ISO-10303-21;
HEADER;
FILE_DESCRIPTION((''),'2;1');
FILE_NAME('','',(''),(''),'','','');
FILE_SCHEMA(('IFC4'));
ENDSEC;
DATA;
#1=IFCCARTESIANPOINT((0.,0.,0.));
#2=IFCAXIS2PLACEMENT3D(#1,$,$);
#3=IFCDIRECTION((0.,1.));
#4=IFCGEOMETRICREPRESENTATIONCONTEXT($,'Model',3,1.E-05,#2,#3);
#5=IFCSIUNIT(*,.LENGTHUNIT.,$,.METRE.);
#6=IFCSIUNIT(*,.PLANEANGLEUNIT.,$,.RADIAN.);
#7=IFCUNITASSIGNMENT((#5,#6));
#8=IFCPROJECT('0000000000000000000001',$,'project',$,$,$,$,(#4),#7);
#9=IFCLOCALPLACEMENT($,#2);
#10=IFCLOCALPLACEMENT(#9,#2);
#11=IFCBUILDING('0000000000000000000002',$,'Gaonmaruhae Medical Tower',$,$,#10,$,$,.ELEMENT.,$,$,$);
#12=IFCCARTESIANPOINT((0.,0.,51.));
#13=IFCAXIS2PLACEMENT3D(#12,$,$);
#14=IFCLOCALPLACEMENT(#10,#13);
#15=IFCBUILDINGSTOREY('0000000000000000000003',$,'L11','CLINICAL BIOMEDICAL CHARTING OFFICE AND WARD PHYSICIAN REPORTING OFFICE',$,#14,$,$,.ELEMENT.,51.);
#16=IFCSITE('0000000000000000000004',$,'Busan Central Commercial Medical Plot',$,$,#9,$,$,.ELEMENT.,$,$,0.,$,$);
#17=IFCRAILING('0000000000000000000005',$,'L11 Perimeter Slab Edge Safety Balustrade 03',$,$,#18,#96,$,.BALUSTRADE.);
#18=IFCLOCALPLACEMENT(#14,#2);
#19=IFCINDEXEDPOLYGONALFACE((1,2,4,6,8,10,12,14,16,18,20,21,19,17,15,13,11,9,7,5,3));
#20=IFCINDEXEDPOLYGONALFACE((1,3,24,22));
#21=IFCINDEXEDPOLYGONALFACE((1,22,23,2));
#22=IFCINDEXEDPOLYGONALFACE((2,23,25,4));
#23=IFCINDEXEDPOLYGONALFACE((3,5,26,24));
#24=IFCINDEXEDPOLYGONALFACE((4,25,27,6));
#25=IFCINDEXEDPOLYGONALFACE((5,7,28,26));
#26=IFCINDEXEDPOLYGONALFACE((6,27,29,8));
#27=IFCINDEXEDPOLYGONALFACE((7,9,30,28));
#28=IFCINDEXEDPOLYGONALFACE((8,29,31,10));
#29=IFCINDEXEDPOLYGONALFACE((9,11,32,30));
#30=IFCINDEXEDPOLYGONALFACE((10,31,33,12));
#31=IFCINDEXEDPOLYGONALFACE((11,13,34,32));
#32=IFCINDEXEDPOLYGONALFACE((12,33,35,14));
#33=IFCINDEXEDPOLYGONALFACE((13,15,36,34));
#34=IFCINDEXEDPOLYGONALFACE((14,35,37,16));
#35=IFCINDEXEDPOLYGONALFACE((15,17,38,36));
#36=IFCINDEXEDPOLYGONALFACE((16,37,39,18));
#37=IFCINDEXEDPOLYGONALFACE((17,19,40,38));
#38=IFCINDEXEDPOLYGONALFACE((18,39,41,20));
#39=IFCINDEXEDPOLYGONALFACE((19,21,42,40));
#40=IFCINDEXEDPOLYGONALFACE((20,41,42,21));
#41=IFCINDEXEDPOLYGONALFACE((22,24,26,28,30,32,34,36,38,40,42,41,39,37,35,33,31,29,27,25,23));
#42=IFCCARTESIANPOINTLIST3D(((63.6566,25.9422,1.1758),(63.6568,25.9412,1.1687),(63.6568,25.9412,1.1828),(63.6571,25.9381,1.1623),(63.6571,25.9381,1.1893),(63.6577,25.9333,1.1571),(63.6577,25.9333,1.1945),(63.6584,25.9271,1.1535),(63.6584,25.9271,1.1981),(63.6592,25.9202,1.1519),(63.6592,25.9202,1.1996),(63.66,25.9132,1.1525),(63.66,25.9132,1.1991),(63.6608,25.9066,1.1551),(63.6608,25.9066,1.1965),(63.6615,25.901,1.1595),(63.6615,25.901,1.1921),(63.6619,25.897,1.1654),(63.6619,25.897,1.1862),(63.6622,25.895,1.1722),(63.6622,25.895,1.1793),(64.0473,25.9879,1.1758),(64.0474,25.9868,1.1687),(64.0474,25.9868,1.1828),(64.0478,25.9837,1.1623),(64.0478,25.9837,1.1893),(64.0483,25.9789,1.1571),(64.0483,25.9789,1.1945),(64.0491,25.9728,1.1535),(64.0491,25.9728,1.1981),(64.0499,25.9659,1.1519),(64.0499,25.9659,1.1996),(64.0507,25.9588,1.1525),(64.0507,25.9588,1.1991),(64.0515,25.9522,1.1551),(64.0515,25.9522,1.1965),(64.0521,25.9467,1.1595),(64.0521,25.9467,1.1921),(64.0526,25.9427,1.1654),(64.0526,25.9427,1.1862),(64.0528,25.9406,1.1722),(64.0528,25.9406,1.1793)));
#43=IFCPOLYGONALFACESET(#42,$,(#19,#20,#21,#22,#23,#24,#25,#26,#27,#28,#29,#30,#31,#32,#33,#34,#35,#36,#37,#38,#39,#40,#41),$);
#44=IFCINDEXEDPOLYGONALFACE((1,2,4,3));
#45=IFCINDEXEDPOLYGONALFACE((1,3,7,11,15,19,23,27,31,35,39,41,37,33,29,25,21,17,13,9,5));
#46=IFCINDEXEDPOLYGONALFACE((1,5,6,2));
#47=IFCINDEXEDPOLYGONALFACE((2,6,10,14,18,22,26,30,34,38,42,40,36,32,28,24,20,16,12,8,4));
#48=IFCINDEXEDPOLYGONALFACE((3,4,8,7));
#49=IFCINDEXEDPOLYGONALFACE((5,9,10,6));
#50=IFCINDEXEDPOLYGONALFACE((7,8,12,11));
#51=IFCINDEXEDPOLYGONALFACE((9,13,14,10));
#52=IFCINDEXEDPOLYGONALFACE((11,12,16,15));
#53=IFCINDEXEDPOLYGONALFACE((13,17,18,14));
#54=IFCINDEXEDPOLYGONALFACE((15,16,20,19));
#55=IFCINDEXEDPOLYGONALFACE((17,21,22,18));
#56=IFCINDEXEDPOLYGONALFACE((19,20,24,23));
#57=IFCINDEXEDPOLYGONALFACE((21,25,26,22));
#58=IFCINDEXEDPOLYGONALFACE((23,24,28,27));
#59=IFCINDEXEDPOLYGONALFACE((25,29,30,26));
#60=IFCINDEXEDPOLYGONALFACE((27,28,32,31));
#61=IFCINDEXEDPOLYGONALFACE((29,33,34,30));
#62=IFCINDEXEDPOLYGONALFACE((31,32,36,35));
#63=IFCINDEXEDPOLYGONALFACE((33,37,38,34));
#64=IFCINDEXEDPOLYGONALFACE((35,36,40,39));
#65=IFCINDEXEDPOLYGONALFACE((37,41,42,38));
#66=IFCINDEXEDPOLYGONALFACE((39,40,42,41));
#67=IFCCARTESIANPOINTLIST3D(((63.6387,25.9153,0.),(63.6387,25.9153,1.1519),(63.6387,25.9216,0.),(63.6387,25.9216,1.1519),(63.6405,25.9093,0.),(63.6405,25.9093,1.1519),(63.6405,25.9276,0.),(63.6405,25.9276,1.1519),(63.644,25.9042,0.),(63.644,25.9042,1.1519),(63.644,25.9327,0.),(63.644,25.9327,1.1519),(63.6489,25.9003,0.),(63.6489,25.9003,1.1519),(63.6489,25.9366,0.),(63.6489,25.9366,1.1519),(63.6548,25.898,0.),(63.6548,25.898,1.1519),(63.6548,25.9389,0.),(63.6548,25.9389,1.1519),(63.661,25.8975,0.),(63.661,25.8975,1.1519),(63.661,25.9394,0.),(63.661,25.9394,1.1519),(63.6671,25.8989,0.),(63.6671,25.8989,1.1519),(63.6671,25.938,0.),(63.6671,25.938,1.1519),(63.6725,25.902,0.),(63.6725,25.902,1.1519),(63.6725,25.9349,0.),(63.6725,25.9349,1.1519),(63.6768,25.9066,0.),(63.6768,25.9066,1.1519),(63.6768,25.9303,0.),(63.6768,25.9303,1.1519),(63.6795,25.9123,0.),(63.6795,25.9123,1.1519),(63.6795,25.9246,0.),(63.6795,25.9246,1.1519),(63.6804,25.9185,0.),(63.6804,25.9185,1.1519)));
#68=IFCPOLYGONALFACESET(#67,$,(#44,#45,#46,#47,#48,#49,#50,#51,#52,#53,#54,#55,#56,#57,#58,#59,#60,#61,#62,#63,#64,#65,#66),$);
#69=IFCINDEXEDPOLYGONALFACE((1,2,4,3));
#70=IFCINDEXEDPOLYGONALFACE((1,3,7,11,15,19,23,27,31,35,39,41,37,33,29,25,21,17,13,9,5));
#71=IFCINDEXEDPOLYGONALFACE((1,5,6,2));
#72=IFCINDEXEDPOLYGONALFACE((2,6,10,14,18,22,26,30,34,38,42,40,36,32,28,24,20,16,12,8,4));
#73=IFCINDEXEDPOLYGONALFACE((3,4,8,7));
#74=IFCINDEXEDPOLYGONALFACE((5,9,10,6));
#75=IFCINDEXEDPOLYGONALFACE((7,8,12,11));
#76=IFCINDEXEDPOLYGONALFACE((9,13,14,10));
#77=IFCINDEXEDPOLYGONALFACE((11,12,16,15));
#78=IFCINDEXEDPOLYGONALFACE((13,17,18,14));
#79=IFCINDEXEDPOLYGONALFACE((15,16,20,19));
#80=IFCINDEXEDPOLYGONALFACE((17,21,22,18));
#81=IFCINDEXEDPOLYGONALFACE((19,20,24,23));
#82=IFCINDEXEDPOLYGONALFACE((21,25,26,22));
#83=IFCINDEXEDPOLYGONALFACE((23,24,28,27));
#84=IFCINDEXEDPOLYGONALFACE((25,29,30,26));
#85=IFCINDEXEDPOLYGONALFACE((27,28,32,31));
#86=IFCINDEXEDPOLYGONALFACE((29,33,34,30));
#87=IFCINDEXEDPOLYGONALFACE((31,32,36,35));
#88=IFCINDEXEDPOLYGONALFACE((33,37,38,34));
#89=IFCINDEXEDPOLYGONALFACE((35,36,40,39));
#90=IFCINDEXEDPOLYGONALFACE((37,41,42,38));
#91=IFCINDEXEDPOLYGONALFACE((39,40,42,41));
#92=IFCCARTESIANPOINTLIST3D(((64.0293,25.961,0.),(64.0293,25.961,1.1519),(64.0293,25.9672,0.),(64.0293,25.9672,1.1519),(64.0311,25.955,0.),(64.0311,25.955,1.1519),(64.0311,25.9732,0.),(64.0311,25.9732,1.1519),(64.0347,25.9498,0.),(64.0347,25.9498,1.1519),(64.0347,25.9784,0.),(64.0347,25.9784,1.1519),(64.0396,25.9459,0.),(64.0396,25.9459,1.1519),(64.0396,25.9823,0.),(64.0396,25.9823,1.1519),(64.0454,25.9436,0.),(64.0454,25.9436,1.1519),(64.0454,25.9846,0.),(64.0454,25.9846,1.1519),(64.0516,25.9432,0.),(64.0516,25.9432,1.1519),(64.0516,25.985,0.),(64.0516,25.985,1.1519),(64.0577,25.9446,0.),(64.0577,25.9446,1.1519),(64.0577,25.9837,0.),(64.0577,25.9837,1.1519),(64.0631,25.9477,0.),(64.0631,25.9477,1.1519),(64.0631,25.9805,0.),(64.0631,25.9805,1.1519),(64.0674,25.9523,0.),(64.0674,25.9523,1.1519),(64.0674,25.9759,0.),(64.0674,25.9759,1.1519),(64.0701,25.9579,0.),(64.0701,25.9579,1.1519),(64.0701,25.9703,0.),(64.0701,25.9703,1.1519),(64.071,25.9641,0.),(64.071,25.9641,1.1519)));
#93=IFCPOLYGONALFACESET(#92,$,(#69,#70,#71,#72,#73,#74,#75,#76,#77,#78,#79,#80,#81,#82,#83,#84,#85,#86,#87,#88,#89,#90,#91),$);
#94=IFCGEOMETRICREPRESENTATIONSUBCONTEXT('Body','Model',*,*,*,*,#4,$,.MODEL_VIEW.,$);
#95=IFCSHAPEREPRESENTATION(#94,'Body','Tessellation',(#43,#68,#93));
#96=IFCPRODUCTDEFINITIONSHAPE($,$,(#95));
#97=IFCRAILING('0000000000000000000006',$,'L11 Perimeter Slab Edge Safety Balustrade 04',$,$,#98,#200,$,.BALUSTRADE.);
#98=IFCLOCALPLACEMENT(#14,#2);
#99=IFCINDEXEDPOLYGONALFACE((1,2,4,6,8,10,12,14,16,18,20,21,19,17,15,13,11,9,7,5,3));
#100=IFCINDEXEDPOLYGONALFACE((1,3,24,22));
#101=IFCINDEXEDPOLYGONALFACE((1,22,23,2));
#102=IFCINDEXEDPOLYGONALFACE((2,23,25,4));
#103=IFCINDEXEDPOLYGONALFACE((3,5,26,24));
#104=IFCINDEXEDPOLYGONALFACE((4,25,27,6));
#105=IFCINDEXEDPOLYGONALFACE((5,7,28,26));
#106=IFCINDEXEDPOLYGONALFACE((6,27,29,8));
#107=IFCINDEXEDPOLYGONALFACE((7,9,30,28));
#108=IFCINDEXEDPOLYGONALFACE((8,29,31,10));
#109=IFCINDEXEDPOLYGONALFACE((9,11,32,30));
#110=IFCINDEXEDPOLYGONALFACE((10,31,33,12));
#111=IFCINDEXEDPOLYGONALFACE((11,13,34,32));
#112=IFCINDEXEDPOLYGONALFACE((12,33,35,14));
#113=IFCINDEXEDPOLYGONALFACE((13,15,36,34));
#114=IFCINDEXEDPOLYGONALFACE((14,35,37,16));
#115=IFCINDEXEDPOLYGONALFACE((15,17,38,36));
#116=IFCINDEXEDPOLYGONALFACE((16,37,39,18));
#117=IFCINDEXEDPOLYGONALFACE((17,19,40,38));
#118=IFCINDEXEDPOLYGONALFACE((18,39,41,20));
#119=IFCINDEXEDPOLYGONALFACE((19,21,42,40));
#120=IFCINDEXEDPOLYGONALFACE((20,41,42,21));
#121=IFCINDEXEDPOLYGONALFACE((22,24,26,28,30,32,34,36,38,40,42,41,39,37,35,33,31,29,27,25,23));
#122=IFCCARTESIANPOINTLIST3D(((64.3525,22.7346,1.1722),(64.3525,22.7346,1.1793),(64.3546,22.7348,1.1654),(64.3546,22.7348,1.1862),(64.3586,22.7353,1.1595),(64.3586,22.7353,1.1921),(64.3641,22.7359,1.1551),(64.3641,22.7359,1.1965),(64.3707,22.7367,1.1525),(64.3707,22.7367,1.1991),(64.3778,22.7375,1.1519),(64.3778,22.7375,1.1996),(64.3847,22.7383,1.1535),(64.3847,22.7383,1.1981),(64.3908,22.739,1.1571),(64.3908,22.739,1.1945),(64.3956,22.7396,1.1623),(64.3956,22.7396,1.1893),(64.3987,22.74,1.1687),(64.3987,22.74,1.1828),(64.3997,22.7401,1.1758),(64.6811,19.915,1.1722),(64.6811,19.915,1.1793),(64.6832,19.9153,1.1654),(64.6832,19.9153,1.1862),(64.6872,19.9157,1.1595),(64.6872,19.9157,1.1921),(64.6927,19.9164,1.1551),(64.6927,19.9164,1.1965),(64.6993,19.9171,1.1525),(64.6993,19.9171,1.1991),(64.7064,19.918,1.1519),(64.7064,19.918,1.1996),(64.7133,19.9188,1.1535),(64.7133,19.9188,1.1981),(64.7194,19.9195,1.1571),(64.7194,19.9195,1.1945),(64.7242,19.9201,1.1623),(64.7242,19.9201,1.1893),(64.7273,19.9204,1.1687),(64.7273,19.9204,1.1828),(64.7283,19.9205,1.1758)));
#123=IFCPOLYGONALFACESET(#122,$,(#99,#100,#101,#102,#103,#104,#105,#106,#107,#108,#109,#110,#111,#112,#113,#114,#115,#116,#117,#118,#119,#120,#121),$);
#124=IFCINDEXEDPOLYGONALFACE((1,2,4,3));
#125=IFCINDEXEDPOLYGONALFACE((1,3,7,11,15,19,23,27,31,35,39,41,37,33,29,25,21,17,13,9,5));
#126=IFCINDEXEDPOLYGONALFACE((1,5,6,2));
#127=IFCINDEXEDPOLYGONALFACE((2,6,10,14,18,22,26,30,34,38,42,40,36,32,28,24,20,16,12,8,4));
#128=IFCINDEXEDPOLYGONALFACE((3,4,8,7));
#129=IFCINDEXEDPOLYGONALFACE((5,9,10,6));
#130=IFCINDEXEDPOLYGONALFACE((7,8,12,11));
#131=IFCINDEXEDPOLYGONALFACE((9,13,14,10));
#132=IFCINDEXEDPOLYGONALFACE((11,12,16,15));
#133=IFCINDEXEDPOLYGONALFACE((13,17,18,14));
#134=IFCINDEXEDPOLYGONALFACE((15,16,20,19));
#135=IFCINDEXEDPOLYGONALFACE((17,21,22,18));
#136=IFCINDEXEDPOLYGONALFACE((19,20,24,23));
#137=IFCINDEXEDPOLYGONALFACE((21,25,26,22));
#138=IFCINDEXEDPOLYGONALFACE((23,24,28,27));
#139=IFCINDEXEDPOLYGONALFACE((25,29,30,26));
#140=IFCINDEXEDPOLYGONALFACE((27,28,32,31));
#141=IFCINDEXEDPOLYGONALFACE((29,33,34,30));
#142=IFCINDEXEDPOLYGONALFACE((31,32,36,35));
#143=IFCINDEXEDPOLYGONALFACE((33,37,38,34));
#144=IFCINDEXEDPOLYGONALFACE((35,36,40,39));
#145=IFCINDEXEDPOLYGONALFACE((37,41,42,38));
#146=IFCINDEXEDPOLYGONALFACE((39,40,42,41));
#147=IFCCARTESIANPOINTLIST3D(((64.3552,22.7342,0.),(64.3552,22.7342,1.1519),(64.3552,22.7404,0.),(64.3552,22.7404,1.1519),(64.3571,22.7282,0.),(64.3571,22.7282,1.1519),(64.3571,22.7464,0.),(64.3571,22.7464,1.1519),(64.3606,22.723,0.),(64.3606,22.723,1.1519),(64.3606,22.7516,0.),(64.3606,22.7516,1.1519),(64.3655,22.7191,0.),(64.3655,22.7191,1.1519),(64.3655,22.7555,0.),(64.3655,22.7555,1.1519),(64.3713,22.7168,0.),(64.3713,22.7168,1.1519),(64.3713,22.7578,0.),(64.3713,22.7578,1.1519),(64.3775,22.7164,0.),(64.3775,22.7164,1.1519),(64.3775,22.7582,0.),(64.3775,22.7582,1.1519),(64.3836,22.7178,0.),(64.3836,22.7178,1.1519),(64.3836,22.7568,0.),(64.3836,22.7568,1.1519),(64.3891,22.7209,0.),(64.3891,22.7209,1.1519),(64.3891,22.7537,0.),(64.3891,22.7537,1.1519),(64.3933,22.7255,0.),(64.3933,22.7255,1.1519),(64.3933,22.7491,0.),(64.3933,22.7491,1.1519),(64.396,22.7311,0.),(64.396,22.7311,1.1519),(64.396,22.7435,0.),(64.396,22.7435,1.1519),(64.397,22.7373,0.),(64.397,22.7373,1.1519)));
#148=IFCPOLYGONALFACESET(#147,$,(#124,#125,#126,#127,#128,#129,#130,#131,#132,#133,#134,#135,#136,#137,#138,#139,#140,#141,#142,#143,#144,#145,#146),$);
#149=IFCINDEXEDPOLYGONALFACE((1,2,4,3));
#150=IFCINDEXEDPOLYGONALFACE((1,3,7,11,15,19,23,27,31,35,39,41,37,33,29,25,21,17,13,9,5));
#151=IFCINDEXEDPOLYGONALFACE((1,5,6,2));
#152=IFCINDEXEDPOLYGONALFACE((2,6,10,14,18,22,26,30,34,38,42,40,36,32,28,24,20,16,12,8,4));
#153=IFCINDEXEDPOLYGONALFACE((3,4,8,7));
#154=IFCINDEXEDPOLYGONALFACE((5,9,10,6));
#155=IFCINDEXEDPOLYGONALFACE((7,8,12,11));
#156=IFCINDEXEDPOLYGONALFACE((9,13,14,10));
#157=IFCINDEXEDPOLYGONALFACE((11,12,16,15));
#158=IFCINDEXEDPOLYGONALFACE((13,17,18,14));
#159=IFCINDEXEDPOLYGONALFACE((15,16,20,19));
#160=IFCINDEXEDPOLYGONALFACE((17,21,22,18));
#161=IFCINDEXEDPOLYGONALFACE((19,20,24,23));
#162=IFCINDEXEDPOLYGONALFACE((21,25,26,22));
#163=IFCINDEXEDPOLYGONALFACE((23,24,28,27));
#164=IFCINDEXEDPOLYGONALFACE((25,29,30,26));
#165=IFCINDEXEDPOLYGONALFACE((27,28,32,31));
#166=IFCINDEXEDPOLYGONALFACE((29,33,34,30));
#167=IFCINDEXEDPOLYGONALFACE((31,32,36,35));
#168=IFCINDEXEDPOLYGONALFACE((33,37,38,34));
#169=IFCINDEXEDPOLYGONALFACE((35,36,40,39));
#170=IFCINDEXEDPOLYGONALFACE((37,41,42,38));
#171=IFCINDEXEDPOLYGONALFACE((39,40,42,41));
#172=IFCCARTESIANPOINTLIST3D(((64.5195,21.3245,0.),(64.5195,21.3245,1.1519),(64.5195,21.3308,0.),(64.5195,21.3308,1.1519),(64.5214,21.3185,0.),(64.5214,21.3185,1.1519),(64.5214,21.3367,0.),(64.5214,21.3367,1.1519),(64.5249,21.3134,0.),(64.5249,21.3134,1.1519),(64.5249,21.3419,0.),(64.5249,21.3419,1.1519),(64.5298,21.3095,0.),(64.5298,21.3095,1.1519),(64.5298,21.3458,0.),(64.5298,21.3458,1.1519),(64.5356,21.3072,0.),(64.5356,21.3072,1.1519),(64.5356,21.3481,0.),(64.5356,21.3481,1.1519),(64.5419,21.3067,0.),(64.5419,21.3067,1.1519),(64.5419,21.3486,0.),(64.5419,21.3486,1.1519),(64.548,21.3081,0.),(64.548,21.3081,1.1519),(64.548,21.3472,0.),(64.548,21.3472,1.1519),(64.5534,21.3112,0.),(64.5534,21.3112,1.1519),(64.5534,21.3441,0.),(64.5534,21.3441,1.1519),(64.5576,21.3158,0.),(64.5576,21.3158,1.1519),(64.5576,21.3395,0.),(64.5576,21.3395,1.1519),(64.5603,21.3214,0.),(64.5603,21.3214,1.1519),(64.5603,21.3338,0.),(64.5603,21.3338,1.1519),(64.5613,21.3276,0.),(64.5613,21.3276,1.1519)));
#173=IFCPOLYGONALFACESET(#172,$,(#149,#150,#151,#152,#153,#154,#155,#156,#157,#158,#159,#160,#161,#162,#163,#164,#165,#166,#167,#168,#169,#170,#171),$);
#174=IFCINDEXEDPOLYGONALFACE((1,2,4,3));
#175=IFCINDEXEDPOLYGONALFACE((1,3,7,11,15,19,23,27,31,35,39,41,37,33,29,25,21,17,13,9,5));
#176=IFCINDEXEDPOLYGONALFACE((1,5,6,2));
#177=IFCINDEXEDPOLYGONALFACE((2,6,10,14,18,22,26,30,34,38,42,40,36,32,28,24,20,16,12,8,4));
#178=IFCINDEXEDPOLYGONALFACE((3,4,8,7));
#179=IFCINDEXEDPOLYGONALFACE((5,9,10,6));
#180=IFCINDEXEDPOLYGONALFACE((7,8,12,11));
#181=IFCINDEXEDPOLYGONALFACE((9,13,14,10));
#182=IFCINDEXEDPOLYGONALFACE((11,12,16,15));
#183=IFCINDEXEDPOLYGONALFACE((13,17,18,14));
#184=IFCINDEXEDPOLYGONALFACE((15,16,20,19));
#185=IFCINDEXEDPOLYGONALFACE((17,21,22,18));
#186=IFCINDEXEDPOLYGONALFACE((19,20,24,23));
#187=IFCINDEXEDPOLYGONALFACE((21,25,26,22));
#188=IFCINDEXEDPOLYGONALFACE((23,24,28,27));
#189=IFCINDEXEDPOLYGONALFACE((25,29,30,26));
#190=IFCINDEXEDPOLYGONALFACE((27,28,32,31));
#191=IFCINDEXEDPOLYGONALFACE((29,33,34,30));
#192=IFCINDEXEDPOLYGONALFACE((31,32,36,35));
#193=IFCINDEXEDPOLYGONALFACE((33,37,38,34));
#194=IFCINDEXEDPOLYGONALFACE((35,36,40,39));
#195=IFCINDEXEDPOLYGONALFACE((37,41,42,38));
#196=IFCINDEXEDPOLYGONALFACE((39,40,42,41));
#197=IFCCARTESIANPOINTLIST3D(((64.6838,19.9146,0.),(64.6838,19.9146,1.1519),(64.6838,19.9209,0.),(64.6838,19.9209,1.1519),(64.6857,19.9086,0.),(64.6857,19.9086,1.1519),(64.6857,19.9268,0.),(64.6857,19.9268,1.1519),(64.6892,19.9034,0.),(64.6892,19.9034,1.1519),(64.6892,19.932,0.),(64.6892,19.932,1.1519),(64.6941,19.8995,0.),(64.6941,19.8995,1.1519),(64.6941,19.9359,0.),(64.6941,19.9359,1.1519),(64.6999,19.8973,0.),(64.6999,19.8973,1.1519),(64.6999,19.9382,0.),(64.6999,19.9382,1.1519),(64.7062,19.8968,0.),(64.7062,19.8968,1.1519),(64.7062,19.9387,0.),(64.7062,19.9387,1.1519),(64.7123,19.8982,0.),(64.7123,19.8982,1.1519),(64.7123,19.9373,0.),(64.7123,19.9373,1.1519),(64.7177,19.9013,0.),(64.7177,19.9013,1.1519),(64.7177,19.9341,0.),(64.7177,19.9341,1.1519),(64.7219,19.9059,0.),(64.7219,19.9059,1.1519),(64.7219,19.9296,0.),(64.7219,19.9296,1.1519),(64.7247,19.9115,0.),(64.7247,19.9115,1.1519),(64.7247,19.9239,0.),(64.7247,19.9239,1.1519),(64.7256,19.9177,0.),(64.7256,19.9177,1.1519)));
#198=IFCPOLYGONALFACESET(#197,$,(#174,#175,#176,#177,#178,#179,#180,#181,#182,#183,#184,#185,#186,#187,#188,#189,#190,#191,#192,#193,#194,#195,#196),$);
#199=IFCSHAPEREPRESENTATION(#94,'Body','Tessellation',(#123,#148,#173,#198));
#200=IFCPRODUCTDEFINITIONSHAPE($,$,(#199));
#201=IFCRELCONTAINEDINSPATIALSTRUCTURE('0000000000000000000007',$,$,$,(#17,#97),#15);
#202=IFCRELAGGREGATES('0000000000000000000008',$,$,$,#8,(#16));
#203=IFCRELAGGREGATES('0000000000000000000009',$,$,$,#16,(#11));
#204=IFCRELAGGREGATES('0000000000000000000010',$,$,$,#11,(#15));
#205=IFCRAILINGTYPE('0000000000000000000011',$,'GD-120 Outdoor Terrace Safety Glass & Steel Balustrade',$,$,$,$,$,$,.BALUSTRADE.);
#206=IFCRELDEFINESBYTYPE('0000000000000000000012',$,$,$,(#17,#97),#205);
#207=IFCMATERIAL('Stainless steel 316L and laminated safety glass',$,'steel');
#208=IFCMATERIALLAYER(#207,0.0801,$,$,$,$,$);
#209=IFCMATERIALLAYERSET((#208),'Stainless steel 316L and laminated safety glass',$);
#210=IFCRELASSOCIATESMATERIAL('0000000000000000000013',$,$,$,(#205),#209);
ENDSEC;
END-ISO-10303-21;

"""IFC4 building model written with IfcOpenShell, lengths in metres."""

from ifc_helpers import new_model, si_unit, direction, frame, origin, origin_2d, place, context, subcontext, project, spatial, circle, extrude, material, layer, layer_set, type_object, element, save


model = new_model("IFC4")

# Units and contexts
model_context = context("Model", 3, precision=1e-05, world=origin(), true_north=direction((0.0, 1.0)))
body_context = subcontext(model_context, "Body", "Model", "MODEL_VIEW")
ifc_project = project(units=[si_unit("LENGTHUNIT", "METRE"), si_unit("PLANEANGLEUNIT", "RADIAN")], contexts=[model_context])

# Site, building, storey
site_placement = place(None, origin())
site = spatial("IfcSite", under=ifc_project, at=site_placement, Name="Busan Central Commercial Medical Plot", CompositionType="ELEMENT", RefElevation=0.0)
building_placement = place(site_placement, origin())
building = spatial("IfcBuilding", under=site, at=building_placement, Name="Gaonmaruhae Medical Tower", CompositionType="ELEMENT")
storey_placement = place(building_placement, frame((0.0, 0.0, 51.0)))
storey = spatial("IfcBuildingStorey", under=building, at=storey_placement, Name="L11", Description="CLINICAL BIOMEDICAL CHARTING OFFICE AND WARD PHYSICIAN REPORTING OFFICE", CompositionType="ELEMENT", Elevation=51.0)

# Railings
ifc_material_1 = material(Name="Stainless steel 316L and laminated safety glass", Category="steel")
ifc_layer_1 = layer(ifc_material_1, 0.0801)
ifc_layer_set_1 = layer_set([ifc_layer_1], Name="Stainless steel 316L and laminated safety glass")
railing_type = type_object("IfcRailingType", Name="GD-120 Outdoor Terrace Safety Glass & Steel Balustrade", PredefinedType="BALUSTRADE", material=ifc_layer_set_1)
railing_1_placement = place(storey_placement, frame((63.6594, 25.9185, 0.0)))
element("IfcRailing", 1, at=railing_1_placement, inside=storey, type_object=railing_type, Name="L11 Perimeter Slab Edge Safety Balustrade 03", PredefinedType="BALUSTRADE", context=body_context, shape_type="SweptSolid", body=[
    extrude(circle(Radius=0.0239, at=origin_2d()), frame((0.0, 0.0, 1.1758), z_axis=(0.993239, 0.116085, 0.0), x_axis=(-0.116085, 0.993239, 0.0)), (0.0, 0.0, 1.0), 0.3933),
    extrude(circle(Radius=0.021, at=origin_2d()), origin(), (0.0, 0.0, 1.0), 1.1519),
    extrude(circle(Radius=0.021, at=origin_2d()), frame((0.3906, 0.0457, 0.0)), (0.0, 0.0, 1.0), 1.1519),
])
railing_2_placement = place(storey_placement, frame((64.376, 22.7373, 0.0)))
element("IfcRailing", 2, at=railing_2_placement, inside=storey, type_object=railing_type, Name="L11 Perimeter Slab Edge Safety Balustrade 04", PredefinedType="BALUSTRADE", context=body_context, shape_type="SweptSolid", body=[
    extrude(circle(Radius=0.0239, at=origin_2d()), frame((0.0, 0.0, 1.1758), z_axis=(0.115763, -0.993277, 0.0), x_axis=(0.993277, 0.115763, 0.0)), (0.0, 0.0, 1.0), 2.8386),
    extrude(circle(Radius=0.021, at=origin_2d()), origin(), (0.0, 0.0, 1.0), 1.1519),
    extrude(circle(Radius=0.021, at=origin_2d()), frame((0.1643, -1.4097, 0.0)), (0.0, 0.0, 1.0), 1.1519),
    extrude(circle(Radius=0.021, at=origin_2d()), frame((0.3286, -2.8196, 0.0)), (0.0, 0.0, 1.0), 1.1519),
])

save(model, "model.ifc")
